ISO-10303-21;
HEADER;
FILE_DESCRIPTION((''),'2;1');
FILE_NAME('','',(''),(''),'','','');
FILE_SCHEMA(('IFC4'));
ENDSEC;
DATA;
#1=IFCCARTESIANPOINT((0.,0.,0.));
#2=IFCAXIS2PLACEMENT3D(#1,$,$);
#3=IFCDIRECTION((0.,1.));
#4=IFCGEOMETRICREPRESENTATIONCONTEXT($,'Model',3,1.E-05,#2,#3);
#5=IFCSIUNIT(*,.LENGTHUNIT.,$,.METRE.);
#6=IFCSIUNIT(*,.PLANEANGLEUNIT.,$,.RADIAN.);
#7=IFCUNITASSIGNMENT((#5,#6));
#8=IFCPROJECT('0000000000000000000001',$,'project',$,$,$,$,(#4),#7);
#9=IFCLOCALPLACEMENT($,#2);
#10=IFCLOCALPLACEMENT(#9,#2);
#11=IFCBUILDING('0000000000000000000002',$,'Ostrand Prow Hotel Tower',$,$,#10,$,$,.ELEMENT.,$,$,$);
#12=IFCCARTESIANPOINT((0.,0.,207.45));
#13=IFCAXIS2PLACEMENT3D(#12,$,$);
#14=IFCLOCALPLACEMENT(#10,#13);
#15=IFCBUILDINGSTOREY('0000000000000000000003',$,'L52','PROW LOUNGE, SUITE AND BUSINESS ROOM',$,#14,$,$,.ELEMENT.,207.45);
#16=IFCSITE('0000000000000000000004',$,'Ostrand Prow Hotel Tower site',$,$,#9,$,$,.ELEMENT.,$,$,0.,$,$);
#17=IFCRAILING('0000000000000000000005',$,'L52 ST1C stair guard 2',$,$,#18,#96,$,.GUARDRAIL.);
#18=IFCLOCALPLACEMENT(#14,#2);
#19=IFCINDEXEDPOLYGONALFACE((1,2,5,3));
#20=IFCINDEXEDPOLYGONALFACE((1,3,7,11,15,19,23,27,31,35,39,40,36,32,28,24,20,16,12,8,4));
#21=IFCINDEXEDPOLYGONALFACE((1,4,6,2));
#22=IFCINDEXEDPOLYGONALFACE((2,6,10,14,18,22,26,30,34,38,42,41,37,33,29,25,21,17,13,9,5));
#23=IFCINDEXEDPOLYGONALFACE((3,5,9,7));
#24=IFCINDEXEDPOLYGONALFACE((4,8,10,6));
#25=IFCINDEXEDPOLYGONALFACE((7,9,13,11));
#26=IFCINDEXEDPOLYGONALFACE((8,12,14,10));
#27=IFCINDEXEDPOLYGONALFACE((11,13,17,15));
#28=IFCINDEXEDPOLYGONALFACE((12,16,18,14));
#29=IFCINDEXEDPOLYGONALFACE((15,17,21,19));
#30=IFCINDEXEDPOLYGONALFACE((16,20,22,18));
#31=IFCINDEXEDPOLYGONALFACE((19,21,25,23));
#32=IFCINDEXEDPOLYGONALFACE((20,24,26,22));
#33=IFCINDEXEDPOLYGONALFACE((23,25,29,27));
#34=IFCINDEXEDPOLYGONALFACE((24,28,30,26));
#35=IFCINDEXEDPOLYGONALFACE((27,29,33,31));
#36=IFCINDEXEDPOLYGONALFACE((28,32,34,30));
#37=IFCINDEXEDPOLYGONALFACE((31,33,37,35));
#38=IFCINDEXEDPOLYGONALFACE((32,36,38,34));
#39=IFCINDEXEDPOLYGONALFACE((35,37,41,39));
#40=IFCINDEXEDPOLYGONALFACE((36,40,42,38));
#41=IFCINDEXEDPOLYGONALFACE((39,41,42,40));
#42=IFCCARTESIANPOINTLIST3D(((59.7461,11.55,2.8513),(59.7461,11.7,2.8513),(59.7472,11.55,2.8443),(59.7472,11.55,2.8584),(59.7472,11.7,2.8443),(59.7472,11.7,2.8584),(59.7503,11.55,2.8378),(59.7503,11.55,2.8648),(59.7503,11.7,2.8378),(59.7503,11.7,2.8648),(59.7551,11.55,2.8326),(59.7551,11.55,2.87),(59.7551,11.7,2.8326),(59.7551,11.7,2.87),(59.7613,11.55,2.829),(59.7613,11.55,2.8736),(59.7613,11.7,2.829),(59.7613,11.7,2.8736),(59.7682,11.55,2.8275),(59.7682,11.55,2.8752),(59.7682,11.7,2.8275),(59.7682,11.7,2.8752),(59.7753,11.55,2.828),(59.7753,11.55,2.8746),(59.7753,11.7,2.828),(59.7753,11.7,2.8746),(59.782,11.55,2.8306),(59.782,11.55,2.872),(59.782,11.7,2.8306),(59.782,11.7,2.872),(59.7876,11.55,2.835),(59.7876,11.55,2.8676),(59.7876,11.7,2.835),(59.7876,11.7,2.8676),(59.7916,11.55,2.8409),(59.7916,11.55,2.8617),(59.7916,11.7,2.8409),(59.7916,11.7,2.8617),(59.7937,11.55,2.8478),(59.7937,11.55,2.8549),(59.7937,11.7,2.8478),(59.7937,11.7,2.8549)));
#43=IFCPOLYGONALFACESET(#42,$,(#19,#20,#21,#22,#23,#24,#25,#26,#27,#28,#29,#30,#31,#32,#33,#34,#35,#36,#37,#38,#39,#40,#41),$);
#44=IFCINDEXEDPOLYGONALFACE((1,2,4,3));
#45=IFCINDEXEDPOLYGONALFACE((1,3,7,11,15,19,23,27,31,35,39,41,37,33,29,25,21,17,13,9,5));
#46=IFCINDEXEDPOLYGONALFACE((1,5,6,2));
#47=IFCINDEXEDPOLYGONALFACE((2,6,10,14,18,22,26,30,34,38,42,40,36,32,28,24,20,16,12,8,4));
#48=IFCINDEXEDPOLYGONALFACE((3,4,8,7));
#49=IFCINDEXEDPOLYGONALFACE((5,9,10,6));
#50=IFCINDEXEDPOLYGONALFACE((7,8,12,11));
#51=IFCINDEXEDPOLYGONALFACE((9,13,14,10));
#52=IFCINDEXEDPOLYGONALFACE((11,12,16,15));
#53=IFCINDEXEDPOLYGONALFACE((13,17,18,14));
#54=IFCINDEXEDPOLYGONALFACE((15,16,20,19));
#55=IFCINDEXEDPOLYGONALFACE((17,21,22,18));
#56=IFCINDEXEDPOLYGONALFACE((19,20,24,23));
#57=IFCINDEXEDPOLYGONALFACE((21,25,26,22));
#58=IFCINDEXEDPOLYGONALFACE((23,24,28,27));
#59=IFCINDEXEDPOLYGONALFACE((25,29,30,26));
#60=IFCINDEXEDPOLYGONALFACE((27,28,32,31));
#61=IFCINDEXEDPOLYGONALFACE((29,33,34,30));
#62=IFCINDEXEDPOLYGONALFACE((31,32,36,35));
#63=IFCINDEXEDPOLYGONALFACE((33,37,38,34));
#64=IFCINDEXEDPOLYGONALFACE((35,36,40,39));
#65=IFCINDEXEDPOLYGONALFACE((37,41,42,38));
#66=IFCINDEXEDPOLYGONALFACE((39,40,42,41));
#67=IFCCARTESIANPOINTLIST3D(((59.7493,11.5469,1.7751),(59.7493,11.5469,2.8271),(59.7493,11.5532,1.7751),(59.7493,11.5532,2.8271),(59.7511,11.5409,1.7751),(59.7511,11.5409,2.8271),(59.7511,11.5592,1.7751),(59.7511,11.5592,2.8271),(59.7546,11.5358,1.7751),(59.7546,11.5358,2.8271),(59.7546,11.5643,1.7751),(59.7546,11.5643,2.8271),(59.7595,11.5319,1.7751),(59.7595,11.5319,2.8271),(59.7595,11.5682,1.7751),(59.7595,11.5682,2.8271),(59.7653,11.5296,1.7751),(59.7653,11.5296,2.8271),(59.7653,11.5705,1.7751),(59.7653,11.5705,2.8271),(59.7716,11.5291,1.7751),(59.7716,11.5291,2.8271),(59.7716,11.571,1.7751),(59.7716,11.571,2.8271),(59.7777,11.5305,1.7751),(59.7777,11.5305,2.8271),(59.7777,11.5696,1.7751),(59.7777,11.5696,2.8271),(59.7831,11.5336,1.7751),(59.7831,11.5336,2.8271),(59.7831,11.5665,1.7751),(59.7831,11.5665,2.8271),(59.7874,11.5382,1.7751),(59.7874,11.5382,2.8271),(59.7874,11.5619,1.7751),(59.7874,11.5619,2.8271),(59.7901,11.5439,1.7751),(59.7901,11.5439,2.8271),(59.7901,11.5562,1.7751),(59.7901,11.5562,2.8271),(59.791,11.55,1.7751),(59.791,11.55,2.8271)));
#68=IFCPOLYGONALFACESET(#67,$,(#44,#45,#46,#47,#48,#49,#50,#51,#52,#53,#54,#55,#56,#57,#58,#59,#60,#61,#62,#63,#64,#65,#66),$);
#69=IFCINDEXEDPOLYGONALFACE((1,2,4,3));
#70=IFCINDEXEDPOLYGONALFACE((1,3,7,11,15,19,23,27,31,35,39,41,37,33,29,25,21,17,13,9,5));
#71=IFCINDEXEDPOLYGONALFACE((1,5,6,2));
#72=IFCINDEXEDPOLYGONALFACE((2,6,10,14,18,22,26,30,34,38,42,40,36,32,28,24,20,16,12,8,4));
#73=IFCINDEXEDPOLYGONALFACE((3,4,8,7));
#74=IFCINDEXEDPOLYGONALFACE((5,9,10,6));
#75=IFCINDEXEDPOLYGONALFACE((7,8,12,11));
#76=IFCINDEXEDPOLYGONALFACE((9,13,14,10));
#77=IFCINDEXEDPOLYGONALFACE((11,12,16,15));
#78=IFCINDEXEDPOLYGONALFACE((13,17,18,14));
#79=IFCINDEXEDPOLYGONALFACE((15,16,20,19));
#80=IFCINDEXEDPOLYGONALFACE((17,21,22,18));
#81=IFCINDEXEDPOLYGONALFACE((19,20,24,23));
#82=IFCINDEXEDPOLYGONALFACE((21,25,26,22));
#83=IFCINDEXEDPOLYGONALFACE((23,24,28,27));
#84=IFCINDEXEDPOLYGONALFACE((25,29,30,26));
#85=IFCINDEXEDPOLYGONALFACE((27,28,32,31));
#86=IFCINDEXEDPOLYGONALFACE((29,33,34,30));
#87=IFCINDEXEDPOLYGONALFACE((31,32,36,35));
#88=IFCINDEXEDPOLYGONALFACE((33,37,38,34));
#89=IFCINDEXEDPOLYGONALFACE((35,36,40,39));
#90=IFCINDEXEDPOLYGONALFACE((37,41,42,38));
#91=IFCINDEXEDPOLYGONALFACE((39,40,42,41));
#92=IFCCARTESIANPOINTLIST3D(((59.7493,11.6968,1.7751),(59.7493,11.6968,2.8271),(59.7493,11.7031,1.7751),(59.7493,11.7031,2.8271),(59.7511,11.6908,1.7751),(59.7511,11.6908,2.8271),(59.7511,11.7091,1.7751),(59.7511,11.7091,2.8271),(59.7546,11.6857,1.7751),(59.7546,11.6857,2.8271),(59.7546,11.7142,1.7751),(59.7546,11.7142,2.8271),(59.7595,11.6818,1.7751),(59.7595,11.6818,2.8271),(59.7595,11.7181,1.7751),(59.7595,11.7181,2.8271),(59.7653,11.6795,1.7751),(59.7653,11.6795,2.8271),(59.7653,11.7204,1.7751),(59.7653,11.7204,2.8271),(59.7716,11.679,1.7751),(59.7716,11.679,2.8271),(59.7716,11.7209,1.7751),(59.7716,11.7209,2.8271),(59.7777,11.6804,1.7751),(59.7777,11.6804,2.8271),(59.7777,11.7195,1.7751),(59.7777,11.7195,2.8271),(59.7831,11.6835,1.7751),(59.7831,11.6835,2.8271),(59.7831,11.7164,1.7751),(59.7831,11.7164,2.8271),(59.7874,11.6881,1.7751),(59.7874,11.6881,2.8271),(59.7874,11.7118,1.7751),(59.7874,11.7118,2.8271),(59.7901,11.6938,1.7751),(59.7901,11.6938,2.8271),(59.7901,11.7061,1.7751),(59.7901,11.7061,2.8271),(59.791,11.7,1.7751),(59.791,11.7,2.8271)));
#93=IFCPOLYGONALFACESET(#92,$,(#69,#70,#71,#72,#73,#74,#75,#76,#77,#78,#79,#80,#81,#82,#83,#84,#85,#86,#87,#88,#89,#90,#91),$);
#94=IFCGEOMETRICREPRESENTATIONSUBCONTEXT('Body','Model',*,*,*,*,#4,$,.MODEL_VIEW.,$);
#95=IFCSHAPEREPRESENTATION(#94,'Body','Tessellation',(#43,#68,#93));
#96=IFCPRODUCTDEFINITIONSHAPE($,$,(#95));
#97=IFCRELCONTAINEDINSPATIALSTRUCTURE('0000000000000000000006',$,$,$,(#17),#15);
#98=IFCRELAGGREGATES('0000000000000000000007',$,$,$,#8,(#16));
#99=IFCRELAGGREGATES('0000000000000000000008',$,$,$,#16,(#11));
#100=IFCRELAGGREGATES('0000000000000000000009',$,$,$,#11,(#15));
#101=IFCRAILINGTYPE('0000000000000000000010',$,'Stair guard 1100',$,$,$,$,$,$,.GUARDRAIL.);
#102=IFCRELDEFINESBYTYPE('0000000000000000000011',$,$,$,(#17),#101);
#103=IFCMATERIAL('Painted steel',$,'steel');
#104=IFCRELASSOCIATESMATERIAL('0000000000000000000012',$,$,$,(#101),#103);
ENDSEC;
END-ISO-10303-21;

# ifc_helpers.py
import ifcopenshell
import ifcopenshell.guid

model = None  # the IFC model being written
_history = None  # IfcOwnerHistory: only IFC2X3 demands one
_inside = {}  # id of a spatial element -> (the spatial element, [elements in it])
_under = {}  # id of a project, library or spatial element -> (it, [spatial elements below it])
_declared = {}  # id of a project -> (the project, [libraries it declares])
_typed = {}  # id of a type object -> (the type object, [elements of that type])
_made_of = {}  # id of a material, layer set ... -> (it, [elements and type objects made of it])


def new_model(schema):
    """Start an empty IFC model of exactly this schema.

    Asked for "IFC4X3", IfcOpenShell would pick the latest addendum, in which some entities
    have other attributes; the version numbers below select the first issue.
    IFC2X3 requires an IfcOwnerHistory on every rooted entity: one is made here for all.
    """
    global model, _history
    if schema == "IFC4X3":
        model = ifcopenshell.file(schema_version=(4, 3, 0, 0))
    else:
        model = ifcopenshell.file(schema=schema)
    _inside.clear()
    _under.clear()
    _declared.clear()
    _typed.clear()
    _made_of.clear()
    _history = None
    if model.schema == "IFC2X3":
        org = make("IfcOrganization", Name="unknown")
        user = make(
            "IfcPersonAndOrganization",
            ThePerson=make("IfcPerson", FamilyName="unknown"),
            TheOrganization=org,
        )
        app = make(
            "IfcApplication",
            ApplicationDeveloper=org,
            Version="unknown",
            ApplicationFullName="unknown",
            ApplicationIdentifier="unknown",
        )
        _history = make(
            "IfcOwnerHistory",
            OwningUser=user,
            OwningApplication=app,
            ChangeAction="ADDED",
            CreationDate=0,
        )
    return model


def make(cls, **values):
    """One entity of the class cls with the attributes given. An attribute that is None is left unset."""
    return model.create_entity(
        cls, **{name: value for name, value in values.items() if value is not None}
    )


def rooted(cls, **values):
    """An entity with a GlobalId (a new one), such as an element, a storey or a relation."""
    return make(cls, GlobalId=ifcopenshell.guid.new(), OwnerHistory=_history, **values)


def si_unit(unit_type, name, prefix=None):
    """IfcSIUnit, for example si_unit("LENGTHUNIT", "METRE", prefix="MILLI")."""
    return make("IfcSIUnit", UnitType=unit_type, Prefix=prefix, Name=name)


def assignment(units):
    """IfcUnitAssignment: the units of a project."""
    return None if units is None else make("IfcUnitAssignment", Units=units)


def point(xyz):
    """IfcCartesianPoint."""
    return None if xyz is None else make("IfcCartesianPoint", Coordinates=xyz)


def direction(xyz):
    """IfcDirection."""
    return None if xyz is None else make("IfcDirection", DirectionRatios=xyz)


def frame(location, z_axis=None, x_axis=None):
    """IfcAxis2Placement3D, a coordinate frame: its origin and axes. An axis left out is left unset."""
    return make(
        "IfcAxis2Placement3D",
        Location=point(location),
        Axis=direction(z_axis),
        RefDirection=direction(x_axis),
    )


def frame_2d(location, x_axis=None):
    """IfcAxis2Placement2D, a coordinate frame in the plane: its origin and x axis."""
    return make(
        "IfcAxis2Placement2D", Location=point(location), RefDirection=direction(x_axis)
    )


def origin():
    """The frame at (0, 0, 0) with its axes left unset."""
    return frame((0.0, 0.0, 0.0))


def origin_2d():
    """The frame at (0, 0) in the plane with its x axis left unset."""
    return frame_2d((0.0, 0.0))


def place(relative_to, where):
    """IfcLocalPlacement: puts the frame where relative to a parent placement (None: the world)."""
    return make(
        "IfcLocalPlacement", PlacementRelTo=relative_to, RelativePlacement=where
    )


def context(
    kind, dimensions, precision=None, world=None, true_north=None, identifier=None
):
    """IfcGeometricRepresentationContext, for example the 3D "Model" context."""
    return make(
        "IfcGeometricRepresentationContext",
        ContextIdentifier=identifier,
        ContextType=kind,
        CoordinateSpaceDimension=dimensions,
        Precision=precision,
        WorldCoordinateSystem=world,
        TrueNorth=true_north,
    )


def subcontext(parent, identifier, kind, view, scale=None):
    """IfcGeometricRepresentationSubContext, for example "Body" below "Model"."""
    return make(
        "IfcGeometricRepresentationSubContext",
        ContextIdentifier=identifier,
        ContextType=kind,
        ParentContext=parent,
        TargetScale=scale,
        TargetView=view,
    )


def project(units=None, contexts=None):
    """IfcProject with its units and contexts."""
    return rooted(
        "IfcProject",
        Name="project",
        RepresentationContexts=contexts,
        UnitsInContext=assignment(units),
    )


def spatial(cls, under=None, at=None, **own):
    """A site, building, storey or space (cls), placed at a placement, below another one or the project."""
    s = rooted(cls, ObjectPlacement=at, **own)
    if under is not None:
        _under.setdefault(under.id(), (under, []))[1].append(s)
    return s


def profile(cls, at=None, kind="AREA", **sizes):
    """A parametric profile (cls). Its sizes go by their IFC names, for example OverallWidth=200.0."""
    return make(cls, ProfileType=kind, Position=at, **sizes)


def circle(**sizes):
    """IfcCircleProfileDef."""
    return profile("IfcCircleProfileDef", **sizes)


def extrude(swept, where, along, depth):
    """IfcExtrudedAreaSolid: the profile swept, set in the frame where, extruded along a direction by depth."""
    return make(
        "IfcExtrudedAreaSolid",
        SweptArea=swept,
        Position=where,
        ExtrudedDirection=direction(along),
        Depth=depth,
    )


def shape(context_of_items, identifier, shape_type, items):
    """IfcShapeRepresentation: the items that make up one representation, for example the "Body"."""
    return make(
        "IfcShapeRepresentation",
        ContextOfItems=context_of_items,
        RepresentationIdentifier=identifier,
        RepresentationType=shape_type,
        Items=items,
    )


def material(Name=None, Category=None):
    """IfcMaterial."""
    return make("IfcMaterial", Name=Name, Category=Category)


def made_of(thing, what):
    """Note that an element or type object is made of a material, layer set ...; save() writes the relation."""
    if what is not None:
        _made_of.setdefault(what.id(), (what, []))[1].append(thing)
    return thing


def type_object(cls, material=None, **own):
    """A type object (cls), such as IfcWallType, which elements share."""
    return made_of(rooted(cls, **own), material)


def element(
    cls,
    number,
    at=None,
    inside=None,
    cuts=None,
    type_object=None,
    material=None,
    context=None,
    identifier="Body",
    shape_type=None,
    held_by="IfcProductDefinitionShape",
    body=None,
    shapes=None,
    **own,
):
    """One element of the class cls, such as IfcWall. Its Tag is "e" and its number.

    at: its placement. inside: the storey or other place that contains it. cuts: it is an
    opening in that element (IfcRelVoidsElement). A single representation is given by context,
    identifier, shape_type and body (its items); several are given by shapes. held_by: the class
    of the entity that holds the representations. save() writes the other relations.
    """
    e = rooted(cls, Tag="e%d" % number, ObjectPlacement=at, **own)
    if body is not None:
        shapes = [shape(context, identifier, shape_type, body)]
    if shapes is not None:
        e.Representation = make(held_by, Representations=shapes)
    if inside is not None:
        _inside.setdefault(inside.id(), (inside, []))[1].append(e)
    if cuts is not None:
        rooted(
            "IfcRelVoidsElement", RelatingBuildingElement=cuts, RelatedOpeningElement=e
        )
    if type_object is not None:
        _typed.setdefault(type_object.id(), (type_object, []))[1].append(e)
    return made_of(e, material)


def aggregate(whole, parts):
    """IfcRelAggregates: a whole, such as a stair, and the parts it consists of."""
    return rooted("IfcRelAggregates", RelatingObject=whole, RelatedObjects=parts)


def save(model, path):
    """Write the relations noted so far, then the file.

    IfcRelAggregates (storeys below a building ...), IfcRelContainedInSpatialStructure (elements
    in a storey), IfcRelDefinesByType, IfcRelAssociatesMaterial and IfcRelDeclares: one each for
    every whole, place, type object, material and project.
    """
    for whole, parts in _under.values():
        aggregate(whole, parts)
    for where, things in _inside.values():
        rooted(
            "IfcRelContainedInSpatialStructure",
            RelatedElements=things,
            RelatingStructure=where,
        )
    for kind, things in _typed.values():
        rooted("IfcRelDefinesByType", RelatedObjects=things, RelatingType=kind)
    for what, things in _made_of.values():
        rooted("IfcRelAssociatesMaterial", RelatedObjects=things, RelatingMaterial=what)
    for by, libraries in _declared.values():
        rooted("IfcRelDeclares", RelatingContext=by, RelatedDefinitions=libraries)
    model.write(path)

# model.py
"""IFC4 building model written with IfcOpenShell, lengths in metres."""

from ifc_helpers import new_model, si_unit, direction, frame, origin, origin_2d, place, context, subcontext, project, spatial, circle, extrude, material, type_object, element, save


model = new_model("IFC4")

# Units and contexts
model_context = context("Model", 3, precision=1e-05, world=origin(), true_north=direction((0.0, 1.0)))
body_context = subcontext(model_context, "Body", "Model", "MODEL_VIEW")
ifc_project = project(units=[si_unit("LENGTHUNIT", "METRE"), si_unit("PLANEANGLEUNIT", "RADIAN")], contexts=[model_context])

# Site, building, storey
site_placement = place(None, origin())
site = spatial("IfcSite", under=ifc_project, at=site_placement, Name="Ostrand Prow Hotel Tower site", CompositionType="ELEMENT", RefElevation=0.0)
building_placement = place(site_placement, origin())
building = spatial("IfcBuilding", under=site, at=building_placement, Name="Ostrand Prow Hotel Tower", CompositionType="ELEMENT")
storey_placement = place(building_placement, frame((0.0, 0.0, 207.45)))
storey = spatial("IfcBuildingStorey", under=building, at=storey_placement, Name="L52", Description="PROW LOUNGE, SUITE AND BUSINESS ROOM", CompositionType="ELEMENT", Elevation=207.45)

# Railing
ifc_material_1 = material(Name="Painted steel", Category="steel")
railing_type_1 = type_object("IfcRailingType", Name="Stair guard 1100", PredefinedType="GUARDRAIL", material=ifc_material_1)
railing_1_placement = place(storey_placement, frame((59.77, 11.55, 1.7751)))
element("IfcRailing", 1, at=railing_1_placement, inside=storey, type_object=railing_type_1, Name="L52 ST1C stair guard 2", PredefinedType="GUARDRAIL", context=body_context, shape_type="SweptSolid", body=[
    extrude(circle(Radius=0.0239, at=origin_2d()), frame((0.0, 0.0, 1.0762), z_axis=(0.0, 1.0, 0.0), x_axis=(-1.0, 0.0, 0.0)), (0.0, 0.0, 1.0), 0.1499),
    extrude(circle(Radius=0.021, at=origin_2d()), origin(), (0.0, 0.0, 1.0), 1.052),
    extrude(circle(Radius=0.021, at=origin_2d()), frame((0.0, 0.1499, 0.0)), (0.0, 0.0, 1.0), 1.052),
])

save(model, "model.ifc")
